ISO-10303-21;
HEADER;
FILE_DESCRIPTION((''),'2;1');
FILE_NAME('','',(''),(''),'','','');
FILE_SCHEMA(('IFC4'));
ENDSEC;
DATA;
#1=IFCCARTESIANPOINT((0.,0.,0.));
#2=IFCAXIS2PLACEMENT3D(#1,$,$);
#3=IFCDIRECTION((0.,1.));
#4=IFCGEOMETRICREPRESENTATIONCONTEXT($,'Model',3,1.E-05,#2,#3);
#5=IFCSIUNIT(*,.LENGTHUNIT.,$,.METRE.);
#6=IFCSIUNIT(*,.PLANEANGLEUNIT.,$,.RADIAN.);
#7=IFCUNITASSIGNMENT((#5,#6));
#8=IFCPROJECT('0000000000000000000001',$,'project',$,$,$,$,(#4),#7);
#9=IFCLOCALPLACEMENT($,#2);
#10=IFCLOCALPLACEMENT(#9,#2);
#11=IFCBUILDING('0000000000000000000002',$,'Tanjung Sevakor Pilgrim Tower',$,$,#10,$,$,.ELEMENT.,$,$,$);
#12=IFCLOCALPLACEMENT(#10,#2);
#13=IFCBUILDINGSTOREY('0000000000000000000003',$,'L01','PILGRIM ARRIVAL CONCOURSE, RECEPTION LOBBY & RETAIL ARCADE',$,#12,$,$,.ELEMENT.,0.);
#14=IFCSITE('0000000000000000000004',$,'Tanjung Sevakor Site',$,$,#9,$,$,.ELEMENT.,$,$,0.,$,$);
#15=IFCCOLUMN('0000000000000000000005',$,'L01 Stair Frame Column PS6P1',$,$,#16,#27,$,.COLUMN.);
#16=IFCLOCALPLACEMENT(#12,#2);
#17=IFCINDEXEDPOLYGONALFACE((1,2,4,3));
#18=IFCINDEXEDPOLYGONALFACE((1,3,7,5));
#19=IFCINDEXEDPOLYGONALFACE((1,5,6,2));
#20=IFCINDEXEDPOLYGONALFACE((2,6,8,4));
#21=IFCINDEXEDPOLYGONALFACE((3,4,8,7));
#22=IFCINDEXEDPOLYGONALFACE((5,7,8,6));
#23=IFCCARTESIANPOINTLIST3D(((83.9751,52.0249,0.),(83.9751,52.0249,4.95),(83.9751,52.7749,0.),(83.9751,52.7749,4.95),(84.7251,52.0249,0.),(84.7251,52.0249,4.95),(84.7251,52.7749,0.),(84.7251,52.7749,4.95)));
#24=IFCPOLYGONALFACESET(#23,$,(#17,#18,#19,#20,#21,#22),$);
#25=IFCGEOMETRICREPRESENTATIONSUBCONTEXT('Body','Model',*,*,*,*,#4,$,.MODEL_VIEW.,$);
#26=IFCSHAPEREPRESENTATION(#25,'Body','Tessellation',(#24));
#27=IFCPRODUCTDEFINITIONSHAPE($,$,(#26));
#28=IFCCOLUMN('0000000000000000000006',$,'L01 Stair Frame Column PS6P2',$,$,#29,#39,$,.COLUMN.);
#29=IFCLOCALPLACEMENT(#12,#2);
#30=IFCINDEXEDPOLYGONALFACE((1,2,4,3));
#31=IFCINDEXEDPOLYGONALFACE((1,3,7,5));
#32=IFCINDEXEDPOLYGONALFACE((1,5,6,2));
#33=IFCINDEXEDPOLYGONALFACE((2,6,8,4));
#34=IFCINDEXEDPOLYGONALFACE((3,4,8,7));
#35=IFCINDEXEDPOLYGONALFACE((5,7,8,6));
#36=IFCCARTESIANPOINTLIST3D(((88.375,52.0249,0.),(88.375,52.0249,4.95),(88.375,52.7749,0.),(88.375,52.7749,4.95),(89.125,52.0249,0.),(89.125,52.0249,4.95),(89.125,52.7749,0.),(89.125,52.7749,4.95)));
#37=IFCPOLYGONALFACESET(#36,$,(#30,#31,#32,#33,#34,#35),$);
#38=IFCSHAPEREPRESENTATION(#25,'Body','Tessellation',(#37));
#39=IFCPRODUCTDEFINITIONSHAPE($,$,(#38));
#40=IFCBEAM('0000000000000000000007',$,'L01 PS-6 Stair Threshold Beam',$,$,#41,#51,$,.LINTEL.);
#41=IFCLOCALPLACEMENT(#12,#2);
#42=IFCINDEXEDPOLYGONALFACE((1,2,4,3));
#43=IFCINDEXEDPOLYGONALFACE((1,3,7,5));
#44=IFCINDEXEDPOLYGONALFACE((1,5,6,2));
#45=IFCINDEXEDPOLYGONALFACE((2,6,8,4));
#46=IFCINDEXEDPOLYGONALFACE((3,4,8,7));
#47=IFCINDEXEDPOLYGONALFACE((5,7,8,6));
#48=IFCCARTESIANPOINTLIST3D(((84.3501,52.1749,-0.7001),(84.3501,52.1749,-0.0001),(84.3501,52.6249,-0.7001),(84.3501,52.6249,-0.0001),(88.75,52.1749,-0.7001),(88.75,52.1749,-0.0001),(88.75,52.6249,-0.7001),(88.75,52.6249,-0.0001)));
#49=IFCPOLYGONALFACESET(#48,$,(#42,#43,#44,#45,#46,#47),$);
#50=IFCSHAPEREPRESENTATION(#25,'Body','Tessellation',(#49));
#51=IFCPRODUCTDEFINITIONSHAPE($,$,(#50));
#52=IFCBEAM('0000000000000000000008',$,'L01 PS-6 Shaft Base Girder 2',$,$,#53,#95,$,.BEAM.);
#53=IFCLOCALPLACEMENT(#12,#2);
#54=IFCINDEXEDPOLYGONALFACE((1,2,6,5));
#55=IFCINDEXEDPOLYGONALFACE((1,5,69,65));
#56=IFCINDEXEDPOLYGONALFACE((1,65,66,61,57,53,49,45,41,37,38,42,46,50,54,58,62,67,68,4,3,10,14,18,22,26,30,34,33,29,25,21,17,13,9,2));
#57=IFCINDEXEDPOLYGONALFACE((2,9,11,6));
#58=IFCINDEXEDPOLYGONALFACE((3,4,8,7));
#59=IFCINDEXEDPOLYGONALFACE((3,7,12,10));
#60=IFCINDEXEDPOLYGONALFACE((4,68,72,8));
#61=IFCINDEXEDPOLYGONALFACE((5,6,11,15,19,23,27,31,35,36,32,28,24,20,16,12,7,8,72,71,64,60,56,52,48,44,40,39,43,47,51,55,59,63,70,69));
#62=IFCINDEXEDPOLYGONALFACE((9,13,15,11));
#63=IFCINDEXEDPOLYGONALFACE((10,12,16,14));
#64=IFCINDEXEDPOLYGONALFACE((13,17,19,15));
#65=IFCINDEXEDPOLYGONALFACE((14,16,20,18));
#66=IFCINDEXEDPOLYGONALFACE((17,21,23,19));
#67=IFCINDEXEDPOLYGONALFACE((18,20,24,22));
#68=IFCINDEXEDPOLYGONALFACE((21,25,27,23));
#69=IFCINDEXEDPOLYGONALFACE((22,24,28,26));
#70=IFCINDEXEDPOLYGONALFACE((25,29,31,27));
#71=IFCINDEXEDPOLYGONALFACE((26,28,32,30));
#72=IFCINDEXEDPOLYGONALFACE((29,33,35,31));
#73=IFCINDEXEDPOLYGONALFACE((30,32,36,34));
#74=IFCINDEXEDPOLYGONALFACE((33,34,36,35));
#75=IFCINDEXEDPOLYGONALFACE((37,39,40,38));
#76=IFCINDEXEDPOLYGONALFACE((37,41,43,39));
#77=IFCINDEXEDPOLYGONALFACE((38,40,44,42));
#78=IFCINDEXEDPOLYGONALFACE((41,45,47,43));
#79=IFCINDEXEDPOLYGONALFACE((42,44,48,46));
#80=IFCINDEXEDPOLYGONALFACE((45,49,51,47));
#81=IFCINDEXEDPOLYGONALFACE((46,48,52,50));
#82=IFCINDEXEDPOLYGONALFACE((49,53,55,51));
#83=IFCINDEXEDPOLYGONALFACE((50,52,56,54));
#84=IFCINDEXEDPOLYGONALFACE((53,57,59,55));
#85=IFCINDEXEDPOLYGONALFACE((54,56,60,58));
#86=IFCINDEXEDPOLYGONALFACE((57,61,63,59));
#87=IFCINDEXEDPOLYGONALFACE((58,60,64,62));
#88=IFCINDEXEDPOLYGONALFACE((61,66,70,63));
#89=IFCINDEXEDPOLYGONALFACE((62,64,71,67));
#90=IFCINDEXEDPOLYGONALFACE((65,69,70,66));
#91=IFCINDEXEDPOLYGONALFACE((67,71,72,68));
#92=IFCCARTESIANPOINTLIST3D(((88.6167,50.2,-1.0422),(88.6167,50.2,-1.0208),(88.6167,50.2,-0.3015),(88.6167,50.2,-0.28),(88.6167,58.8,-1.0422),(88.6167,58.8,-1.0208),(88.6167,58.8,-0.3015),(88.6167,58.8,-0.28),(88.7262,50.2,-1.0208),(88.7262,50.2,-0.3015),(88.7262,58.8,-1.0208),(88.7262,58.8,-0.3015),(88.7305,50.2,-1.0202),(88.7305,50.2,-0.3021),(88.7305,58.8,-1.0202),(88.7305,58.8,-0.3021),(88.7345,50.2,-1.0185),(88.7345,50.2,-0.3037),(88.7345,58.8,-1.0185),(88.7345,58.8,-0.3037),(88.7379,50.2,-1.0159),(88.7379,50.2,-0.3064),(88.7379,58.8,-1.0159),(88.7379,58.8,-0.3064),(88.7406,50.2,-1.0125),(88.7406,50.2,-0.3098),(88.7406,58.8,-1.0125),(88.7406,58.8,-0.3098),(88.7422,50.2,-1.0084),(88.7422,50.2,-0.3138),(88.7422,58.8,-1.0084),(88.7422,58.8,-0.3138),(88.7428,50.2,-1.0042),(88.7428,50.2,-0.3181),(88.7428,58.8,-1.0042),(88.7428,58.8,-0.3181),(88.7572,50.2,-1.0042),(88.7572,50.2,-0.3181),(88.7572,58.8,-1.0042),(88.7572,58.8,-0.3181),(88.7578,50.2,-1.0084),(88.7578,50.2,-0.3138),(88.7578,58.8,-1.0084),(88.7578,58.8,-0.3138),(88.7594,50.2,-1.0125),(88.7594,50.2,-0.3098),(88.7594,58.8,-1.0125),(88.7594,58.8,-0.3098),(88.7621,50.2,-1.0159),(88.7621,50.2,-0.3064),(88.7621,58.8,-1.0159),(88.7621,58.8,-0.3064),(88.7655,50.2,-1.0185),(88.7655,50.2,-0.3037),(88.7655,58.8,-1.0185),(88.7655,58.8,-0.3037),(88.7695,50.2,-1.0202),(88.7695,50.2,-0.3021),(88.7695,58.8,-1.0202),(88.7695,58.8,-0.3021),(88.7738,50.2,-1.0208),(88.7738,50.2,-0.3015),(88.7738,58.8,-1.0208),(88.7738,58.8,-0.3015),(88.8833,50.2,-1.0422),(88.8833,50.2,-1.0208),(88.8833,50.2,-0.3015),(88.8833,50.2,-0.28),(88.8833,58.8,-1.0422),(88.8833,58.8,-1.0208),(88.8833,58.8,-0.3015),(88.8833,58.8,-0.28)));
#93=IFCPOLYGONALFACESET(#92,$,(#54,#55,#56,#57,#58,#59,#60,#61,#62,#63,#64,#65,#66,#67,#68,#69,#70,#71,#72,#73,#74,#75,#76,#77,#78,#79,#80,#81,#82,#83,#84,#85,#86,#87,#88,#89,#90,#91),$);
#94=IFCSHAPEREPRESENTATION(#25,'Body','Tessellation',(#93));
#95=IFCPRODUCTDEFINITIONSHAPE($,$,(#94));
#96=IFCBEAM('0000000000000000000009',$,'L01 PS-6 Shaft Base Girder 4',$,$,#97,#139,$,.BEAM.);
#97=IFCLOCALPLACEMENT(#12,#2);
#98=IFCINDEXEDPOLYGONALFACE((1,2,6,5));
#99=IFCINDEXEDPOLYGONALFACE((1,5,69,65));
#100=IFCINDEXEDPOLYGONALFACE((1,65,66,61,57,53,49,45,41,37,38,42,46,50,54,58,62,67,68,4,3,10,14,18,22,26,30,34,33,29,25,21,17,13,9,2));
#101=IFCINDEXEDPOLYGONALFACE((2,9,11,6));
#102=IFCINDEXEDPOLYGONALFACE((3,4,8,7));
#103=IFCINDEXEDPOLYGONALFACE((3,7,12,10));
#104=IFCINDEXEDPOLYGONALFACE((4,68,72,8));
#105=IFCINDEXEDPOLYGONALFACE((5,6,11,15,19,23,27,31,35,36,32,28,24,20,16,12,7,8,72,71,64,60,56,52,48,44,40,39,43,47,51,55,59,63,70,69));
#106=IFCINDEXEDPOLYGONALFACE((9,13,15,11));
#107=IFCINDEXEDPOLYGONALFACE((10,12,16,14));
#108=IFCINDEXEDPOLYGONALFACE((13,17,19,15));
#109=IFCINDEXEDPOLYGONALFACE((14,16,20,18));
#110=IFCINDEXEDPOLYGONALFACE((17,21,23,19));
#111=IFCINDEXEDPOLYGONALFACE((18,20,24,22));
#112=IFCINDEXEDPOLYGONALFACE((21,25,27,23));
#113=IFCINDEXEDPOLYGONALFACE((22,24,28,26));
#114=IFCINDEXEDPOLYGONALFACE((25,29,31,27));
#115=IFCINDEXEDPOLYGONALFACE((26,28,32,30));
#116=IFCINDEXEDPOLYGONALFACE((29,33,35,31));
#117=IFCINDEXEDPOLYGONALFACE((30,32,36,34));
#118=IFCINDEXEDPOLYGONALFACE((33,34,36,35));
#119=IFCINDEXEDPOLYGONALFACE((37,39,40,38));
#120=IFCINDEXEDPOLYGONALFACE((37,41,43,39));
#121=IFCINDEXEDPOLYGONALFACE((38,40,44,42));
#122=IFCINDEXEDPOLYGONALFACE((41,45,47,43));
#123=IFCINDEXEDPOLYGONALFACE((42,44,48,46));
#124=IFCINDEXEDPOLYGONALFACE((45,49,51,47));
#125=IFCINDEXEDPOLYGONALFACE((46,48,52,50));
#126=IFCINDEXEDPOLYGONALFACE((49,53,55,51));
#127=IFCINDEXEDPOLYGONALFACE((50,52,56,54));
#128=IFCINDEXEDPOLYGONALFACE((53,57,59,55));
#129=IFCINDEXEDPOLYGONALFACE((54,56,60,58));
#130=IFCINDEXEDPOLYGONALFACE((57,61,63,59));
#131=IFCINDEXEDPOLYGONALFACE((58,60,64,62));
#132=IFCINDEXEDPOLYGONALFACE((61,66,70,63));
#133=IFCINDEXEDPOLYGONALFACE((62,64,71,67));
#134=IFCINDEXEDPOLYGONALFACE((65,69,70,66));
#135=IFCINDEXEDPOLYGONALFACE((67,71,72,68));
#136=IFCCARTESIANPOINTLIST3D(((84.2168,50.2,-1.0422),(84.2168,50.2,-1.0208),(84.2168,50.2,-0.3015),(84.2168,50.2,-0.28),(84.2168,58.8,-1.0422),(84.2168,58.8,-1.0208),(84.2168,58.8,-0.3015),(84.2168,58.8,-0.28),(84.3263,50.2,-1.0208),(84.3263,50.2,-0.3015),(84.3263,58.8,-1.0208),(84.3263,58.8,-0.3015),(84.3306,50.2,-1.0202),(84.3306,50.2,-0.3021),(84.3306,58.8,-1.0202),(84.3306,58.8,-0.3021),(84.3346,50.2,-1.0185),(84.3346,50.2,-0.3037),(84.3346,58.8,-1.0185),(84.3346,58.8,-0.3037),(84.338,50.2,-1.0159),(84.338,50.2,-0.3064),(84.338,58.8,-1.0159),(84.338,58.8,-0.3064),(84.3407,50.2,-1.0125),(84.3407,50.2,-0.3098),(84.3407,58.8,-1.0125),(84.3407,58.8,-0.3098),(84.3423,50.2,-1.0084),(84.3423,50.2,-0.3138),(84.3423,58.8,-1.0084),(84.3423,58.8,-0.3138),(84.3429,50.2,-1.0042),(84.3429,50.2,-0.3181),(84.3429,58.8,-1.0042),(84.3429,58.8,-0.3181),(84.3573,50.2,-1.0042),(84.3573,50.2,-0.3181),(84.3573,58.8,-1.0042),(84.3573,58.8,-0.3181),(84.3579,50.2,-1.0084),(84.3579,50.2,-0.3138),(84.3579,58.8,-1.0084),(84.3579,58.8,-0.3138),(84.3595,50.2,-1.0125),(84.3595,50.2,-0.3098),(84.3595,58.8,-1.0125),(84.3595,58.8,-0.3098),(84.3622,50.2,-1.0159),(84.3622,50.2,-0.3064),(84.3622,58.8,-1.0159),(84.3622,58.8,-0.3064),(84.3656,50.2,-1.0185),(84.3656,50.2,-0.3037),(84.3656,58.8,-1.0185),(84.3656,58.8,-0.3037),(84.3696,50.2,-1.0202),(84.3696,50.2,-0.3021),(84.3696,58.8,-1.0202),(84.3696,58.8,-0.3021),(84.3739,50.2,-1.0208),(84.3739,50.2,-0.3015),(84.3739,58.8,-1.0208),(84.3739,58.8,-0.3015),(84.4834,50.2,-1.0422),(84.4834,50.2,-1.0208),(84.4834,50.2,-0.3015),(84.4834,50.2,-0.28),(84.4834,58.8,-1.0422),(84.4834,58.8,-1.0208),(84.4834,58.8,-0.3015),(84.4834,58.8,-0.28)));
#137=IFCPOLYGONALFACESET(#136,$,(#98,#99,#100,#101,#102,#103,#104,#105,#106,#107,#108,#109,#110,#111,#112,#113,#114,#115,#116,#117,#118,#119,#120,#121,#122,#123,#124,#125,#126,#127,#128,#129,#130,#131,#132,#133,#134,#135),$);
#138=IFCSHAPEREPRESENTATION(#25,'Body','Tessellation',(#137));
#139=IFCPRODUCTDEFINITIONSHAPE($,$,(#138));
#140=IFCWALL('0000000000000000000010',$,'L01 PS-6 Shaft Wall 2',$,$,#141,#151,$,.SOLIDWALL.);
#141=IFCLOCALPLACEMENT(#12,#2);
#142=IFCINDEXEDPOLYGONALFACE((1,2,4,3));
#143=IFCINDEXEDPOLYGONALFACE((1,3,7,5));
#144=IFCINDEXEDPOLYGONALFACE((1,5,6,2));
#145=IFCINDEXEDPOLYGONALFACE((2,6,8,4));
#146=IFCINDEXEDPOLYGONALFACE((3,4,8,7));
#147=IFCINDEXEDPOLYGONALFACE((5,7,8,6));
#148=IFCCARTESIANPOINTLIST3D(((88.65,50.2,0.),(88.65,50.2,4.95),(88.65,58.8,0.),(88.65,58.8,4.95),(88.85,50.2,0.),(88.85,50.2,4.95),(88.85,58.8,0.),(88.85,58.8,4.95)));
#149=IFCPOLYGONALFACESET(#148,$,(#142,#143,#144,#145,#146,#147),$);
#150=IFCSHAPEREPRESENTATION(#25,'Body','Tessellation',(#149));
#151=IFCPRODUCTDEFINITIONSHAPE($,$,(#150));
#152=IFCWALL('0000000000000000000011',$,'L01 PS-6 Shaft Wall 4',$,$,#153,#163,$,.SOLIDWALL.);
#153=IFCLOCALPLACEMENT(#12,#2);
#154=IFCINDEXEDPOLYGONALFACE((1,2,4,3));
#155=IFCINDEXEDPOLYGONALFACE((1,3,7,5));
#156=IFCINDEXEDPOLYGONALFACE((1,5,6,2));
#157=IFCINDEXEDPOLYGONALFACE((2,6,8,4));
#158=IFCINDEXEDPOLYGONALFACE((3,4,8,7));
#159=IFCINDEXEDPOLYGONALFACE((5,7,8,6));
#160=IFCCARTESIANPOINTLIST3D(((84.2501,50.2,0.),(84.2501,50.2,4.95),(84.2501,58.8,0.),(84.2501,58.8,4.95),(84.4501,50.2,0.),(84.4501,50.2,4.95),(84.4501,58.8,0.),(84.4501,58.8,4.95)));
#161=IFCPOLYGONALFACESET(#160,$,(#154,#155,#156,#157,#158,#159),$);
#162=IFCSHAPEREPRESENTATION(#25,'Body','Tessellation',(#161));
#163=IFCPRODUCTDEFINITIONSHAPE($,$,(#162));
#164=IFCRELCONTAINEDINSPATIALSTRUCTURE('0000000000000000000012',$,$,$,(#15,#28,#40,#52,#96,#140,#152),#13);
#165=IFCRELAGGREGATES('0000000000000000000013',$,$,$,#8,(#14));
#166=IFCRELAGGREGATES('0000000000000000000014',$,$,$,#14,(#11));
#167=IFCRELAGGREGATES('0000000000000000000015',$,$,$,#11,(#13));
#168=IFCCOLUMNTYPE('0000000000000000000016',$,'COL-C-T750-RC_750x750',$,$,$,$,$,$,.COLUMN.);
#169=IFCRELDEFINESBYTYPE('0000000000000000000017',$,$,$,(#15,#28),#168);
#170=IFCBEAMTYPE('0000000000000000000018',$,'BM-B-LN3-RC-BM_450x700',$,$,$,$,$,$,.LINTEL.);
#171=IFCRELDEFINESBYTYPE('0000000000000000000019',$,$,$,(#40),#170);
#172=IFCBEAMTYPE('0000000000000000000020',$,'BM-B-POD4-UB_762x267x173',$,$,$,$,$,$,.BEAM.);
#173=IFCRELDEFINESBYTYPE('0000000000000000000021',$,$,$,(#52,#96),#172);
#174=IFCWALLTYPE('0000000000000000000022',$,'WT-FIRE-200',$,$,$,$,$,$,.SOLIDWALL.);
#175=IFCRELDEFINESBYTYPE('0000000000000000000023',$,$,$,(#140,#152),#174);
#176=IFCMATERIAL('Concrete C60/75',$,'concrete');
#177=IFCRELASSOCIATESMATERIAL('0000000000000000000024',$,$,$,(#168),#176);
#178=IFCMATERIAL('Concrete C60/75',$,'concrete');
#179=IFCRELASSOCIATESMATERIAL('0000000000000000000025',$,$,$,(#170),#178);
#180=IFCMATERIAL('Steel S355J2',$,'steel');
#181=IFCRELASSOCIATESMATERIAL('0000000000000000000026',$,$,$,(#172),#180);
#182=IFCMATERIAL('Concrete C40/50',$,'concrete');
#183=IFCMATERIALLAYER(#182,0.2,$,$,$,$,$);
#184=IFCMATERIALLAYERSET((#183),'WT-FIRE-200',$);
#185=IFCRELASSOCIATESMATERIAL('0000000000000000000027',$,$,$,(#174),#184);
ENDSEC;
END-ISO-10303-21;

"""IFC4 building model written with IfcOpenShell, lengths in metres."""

from ifc_helpers import new_model, si_unit, direction, frame, frame_2d, origin, origin_2d, place, context, subcontext, project, spatial, rectangle, i_section, extrude, material, layer, layer_set, material_profile, profile_set, type_object, element, save


model = new_model("IFC4")

# Units and contexts
model_context = context("Model", 3, precision=1e-05, world=origin(), true_north=direction((0.0, 1.0)))
body_context = subcontext(model_context, "Body", "Model", "MODEL_VIEW")
ifc_project = project(units=[si_unit("LENGTHUNIT", "METRE"), si_unit("PLANEANGLEUNIT", "RADIAN")], contexts=[model_context])

# Site, building, storey
site_placement = place(None, origin())
site = spatial("IfcSite", under=ifc_project, at=site_placement, Name="Tanjung Sevakor Site", CompositionType="ELEMENT", RefElevation=0.0)
building_placement = place(site_placement, origin())
building = spatial("IfcBuilding", under=site, at=building_placement, Name="Tanjung Sevakor Pilgrim Tower", CompositionType="ELEMENT")
storey_placement = place(building_placement, origin())
storey = spatial("IfcBuildingStorey", under=building, at=storey_placement, Name="L01", Description="PILGRIM ARRIVAL CONCOURSE, RECEPTION LOBBY & RETAIL ARCADE", CompositionType="ELEMENT", Elevation=0.0)

# Columns
ifc_material_1 = material(Name="Concrete C60/75", Category="concrete")
ifc_material_profile_1 = material_profile(ifc_material_1, rectangle(XDim=0.75, YDim=0.75, at=origin_2d()))
ifc_profile_set_1 = profile_set([ifc_material_profile_1], Name="Concrete C60/75")
column_type = type_object("IfcColumnType", Name="COL-C-T750-RC_750x750", PredefinedType="COLUMN", material=ifc_profile_set_1)
for number, where, z_axis, x_axis, name in (
    (1, (84.3501, 52.3999, 0.0), (0.0, 0.0, 1.0), (1.0, 0.0, 0.0), "L01 Stair Frame Column PS6P1"),
    (2, (88.75, 52.3999, 0.0), (0.0, 0.0, 1.0), (1.0, 0.0, 0.0), "L01 Stair Frame Column PS6P2"),
):
    element("IfcColumn", number, at=place(storey_placement, frame(where, z_axis=z_axis, x_axis=x_axis)), inside=storey, type_object=column_type, Name=name, PredefinedType="COLUMN", context=body_context, shape_type="SweptSolid", body=[
        extrude(rectangle(XDim=0.75, YDim=0.75, at=origin_2d()), origin(), (0.0, 0.0, 1.0), 4.95),
    ])

# Beams
ifc_material_2 = material(Name="Concrete C60/75", Category="concrete")
ifc_material_profile_2 = material_profile(ifc_material_2, rectangle(XDim=0.45, YDim=0.7, at=origin_2d()))
ifc_profile_set_2 = profile_set([ifc_material_profile_2], Name="Concrete C60/75")
beam_type_1 = type_object("IfcBeamType", Name="BM-B-LN3-RC-BM_450x700", PredefinedType="LINTEL", material=ifc_profile_set_2)
beam_placement = place(storey_placement, frame((84.3501, 52.3999, -0.3501), z_axis=(1.0, 0.0, 0.0), x_axis=(0.0, 1.0, 0.0)))
element("IfcBeam", 3, at=beam_placement, inside=storey, type_object=beam_type_1, Name="L01 PS-6 Stair Threshold Beam", PredefinedType="LINTEL", context=body_context, shape_type="SweptSolid", body=[
    extrude(rectangle(XDim=0.45, YDim=0.7, at=origin_2d()), origin(), (0.0, 0.0, 1.0), 4.3999),
])
ifc_material_3 = material(Name="Steel S355J2", Category="steel")
ifc_material_profile_3 = material_profile(ifc_material_3, i_section(OverallWidth=0.2666, OverallDepth=0.7622, WebThickness=0.0144, FlangeThickness=0.0215, FilletRadius=0.0166, at=origin_2d()))
ifc_profile_set_3 = profile_set([ifc_material_profile_3], Name="Steel S355J2")
beam_type_2 = type_object("IfcBeamType", Name="BM-B-POD4-UB_762x267x173", PredefinedType="BEAM", material=ifc_profile_set_3)
for number, where, z_axis, x_axis, name in (
    (4, (88.75, 50.2, -0.6611), (0.0, 1.0, 0.0), (-1.0, 0.0, 0.0), "L01 PS-6 Shaft Base Girder 2"),
    (5, (84.3501, 58.8, -0.6611), (0.0, -1.0, 0.0), (1.0, 0.0, 0.0), "L01 PS-6 Shaft Base Girder 4"),
):
    element("IfcBeam", number, at=place(storey_placement, frame(where, z_axis=z_axis, x_axis=x_axis)), inside=storey, type_object=beam_type_2, Name=name, PredefinedType="BEAM", context=body_context, shape_type="SweptSolid", body=[
        extrude(i_section(OverallWidth=0.2666, OverallDepth=0.7622, WebThickness=0.0144, FlangeThickness=0.0215, FilletRadius=0.0166, at=origin_2d()), origin(), (0.0, 0.0, 1.0), 8.6001),
    ])

# Walls
ifc_material_4 = material(Name="Concrete C40/50", Category="concrete")
ifc_layer = layer(ifc_material_4, 0.2)
ifc_layer_set = layer_set([ifc_layer], Name="WT-FIRE-200")
wall_type = type_object("IfcWallType", Name="WT-FIRE-200", PredefinedType="SOLIDWALL", material=ifc_layer_set)
for number, where, z_axis, x_axis, name in (
    (6, (88.75, 50.2, 0.0), (0.0, 0.0, 1.0), (0.0, 1.0, 0.0), "L01 PS-6 Shaft Wall 2"),
    (7, (84.3501, 58.8, 0.0), (0.0, 0.0, 1.0), (0.0, -1.0, 0.0), "L01 PS-6 Shaft Wall 4"),
):
    element("IfcWall", number, at=place(storey_placement, frame(where, z_axis=z_axis, x_axis=x_axis)), inside=storey, type_object=wall_type, Name=name, PredefinedType="SOLIDWALL", context=body_context, shape_type="SweptSolid", body=[
        extrude(rectangle(XDim=8.6001, YDim=0.2, at=frame_2d((4.3, 0.0))), origin(), (0.0, 0.0, 1.0), 4.95),
    ])

save(model, "model.ifc")
